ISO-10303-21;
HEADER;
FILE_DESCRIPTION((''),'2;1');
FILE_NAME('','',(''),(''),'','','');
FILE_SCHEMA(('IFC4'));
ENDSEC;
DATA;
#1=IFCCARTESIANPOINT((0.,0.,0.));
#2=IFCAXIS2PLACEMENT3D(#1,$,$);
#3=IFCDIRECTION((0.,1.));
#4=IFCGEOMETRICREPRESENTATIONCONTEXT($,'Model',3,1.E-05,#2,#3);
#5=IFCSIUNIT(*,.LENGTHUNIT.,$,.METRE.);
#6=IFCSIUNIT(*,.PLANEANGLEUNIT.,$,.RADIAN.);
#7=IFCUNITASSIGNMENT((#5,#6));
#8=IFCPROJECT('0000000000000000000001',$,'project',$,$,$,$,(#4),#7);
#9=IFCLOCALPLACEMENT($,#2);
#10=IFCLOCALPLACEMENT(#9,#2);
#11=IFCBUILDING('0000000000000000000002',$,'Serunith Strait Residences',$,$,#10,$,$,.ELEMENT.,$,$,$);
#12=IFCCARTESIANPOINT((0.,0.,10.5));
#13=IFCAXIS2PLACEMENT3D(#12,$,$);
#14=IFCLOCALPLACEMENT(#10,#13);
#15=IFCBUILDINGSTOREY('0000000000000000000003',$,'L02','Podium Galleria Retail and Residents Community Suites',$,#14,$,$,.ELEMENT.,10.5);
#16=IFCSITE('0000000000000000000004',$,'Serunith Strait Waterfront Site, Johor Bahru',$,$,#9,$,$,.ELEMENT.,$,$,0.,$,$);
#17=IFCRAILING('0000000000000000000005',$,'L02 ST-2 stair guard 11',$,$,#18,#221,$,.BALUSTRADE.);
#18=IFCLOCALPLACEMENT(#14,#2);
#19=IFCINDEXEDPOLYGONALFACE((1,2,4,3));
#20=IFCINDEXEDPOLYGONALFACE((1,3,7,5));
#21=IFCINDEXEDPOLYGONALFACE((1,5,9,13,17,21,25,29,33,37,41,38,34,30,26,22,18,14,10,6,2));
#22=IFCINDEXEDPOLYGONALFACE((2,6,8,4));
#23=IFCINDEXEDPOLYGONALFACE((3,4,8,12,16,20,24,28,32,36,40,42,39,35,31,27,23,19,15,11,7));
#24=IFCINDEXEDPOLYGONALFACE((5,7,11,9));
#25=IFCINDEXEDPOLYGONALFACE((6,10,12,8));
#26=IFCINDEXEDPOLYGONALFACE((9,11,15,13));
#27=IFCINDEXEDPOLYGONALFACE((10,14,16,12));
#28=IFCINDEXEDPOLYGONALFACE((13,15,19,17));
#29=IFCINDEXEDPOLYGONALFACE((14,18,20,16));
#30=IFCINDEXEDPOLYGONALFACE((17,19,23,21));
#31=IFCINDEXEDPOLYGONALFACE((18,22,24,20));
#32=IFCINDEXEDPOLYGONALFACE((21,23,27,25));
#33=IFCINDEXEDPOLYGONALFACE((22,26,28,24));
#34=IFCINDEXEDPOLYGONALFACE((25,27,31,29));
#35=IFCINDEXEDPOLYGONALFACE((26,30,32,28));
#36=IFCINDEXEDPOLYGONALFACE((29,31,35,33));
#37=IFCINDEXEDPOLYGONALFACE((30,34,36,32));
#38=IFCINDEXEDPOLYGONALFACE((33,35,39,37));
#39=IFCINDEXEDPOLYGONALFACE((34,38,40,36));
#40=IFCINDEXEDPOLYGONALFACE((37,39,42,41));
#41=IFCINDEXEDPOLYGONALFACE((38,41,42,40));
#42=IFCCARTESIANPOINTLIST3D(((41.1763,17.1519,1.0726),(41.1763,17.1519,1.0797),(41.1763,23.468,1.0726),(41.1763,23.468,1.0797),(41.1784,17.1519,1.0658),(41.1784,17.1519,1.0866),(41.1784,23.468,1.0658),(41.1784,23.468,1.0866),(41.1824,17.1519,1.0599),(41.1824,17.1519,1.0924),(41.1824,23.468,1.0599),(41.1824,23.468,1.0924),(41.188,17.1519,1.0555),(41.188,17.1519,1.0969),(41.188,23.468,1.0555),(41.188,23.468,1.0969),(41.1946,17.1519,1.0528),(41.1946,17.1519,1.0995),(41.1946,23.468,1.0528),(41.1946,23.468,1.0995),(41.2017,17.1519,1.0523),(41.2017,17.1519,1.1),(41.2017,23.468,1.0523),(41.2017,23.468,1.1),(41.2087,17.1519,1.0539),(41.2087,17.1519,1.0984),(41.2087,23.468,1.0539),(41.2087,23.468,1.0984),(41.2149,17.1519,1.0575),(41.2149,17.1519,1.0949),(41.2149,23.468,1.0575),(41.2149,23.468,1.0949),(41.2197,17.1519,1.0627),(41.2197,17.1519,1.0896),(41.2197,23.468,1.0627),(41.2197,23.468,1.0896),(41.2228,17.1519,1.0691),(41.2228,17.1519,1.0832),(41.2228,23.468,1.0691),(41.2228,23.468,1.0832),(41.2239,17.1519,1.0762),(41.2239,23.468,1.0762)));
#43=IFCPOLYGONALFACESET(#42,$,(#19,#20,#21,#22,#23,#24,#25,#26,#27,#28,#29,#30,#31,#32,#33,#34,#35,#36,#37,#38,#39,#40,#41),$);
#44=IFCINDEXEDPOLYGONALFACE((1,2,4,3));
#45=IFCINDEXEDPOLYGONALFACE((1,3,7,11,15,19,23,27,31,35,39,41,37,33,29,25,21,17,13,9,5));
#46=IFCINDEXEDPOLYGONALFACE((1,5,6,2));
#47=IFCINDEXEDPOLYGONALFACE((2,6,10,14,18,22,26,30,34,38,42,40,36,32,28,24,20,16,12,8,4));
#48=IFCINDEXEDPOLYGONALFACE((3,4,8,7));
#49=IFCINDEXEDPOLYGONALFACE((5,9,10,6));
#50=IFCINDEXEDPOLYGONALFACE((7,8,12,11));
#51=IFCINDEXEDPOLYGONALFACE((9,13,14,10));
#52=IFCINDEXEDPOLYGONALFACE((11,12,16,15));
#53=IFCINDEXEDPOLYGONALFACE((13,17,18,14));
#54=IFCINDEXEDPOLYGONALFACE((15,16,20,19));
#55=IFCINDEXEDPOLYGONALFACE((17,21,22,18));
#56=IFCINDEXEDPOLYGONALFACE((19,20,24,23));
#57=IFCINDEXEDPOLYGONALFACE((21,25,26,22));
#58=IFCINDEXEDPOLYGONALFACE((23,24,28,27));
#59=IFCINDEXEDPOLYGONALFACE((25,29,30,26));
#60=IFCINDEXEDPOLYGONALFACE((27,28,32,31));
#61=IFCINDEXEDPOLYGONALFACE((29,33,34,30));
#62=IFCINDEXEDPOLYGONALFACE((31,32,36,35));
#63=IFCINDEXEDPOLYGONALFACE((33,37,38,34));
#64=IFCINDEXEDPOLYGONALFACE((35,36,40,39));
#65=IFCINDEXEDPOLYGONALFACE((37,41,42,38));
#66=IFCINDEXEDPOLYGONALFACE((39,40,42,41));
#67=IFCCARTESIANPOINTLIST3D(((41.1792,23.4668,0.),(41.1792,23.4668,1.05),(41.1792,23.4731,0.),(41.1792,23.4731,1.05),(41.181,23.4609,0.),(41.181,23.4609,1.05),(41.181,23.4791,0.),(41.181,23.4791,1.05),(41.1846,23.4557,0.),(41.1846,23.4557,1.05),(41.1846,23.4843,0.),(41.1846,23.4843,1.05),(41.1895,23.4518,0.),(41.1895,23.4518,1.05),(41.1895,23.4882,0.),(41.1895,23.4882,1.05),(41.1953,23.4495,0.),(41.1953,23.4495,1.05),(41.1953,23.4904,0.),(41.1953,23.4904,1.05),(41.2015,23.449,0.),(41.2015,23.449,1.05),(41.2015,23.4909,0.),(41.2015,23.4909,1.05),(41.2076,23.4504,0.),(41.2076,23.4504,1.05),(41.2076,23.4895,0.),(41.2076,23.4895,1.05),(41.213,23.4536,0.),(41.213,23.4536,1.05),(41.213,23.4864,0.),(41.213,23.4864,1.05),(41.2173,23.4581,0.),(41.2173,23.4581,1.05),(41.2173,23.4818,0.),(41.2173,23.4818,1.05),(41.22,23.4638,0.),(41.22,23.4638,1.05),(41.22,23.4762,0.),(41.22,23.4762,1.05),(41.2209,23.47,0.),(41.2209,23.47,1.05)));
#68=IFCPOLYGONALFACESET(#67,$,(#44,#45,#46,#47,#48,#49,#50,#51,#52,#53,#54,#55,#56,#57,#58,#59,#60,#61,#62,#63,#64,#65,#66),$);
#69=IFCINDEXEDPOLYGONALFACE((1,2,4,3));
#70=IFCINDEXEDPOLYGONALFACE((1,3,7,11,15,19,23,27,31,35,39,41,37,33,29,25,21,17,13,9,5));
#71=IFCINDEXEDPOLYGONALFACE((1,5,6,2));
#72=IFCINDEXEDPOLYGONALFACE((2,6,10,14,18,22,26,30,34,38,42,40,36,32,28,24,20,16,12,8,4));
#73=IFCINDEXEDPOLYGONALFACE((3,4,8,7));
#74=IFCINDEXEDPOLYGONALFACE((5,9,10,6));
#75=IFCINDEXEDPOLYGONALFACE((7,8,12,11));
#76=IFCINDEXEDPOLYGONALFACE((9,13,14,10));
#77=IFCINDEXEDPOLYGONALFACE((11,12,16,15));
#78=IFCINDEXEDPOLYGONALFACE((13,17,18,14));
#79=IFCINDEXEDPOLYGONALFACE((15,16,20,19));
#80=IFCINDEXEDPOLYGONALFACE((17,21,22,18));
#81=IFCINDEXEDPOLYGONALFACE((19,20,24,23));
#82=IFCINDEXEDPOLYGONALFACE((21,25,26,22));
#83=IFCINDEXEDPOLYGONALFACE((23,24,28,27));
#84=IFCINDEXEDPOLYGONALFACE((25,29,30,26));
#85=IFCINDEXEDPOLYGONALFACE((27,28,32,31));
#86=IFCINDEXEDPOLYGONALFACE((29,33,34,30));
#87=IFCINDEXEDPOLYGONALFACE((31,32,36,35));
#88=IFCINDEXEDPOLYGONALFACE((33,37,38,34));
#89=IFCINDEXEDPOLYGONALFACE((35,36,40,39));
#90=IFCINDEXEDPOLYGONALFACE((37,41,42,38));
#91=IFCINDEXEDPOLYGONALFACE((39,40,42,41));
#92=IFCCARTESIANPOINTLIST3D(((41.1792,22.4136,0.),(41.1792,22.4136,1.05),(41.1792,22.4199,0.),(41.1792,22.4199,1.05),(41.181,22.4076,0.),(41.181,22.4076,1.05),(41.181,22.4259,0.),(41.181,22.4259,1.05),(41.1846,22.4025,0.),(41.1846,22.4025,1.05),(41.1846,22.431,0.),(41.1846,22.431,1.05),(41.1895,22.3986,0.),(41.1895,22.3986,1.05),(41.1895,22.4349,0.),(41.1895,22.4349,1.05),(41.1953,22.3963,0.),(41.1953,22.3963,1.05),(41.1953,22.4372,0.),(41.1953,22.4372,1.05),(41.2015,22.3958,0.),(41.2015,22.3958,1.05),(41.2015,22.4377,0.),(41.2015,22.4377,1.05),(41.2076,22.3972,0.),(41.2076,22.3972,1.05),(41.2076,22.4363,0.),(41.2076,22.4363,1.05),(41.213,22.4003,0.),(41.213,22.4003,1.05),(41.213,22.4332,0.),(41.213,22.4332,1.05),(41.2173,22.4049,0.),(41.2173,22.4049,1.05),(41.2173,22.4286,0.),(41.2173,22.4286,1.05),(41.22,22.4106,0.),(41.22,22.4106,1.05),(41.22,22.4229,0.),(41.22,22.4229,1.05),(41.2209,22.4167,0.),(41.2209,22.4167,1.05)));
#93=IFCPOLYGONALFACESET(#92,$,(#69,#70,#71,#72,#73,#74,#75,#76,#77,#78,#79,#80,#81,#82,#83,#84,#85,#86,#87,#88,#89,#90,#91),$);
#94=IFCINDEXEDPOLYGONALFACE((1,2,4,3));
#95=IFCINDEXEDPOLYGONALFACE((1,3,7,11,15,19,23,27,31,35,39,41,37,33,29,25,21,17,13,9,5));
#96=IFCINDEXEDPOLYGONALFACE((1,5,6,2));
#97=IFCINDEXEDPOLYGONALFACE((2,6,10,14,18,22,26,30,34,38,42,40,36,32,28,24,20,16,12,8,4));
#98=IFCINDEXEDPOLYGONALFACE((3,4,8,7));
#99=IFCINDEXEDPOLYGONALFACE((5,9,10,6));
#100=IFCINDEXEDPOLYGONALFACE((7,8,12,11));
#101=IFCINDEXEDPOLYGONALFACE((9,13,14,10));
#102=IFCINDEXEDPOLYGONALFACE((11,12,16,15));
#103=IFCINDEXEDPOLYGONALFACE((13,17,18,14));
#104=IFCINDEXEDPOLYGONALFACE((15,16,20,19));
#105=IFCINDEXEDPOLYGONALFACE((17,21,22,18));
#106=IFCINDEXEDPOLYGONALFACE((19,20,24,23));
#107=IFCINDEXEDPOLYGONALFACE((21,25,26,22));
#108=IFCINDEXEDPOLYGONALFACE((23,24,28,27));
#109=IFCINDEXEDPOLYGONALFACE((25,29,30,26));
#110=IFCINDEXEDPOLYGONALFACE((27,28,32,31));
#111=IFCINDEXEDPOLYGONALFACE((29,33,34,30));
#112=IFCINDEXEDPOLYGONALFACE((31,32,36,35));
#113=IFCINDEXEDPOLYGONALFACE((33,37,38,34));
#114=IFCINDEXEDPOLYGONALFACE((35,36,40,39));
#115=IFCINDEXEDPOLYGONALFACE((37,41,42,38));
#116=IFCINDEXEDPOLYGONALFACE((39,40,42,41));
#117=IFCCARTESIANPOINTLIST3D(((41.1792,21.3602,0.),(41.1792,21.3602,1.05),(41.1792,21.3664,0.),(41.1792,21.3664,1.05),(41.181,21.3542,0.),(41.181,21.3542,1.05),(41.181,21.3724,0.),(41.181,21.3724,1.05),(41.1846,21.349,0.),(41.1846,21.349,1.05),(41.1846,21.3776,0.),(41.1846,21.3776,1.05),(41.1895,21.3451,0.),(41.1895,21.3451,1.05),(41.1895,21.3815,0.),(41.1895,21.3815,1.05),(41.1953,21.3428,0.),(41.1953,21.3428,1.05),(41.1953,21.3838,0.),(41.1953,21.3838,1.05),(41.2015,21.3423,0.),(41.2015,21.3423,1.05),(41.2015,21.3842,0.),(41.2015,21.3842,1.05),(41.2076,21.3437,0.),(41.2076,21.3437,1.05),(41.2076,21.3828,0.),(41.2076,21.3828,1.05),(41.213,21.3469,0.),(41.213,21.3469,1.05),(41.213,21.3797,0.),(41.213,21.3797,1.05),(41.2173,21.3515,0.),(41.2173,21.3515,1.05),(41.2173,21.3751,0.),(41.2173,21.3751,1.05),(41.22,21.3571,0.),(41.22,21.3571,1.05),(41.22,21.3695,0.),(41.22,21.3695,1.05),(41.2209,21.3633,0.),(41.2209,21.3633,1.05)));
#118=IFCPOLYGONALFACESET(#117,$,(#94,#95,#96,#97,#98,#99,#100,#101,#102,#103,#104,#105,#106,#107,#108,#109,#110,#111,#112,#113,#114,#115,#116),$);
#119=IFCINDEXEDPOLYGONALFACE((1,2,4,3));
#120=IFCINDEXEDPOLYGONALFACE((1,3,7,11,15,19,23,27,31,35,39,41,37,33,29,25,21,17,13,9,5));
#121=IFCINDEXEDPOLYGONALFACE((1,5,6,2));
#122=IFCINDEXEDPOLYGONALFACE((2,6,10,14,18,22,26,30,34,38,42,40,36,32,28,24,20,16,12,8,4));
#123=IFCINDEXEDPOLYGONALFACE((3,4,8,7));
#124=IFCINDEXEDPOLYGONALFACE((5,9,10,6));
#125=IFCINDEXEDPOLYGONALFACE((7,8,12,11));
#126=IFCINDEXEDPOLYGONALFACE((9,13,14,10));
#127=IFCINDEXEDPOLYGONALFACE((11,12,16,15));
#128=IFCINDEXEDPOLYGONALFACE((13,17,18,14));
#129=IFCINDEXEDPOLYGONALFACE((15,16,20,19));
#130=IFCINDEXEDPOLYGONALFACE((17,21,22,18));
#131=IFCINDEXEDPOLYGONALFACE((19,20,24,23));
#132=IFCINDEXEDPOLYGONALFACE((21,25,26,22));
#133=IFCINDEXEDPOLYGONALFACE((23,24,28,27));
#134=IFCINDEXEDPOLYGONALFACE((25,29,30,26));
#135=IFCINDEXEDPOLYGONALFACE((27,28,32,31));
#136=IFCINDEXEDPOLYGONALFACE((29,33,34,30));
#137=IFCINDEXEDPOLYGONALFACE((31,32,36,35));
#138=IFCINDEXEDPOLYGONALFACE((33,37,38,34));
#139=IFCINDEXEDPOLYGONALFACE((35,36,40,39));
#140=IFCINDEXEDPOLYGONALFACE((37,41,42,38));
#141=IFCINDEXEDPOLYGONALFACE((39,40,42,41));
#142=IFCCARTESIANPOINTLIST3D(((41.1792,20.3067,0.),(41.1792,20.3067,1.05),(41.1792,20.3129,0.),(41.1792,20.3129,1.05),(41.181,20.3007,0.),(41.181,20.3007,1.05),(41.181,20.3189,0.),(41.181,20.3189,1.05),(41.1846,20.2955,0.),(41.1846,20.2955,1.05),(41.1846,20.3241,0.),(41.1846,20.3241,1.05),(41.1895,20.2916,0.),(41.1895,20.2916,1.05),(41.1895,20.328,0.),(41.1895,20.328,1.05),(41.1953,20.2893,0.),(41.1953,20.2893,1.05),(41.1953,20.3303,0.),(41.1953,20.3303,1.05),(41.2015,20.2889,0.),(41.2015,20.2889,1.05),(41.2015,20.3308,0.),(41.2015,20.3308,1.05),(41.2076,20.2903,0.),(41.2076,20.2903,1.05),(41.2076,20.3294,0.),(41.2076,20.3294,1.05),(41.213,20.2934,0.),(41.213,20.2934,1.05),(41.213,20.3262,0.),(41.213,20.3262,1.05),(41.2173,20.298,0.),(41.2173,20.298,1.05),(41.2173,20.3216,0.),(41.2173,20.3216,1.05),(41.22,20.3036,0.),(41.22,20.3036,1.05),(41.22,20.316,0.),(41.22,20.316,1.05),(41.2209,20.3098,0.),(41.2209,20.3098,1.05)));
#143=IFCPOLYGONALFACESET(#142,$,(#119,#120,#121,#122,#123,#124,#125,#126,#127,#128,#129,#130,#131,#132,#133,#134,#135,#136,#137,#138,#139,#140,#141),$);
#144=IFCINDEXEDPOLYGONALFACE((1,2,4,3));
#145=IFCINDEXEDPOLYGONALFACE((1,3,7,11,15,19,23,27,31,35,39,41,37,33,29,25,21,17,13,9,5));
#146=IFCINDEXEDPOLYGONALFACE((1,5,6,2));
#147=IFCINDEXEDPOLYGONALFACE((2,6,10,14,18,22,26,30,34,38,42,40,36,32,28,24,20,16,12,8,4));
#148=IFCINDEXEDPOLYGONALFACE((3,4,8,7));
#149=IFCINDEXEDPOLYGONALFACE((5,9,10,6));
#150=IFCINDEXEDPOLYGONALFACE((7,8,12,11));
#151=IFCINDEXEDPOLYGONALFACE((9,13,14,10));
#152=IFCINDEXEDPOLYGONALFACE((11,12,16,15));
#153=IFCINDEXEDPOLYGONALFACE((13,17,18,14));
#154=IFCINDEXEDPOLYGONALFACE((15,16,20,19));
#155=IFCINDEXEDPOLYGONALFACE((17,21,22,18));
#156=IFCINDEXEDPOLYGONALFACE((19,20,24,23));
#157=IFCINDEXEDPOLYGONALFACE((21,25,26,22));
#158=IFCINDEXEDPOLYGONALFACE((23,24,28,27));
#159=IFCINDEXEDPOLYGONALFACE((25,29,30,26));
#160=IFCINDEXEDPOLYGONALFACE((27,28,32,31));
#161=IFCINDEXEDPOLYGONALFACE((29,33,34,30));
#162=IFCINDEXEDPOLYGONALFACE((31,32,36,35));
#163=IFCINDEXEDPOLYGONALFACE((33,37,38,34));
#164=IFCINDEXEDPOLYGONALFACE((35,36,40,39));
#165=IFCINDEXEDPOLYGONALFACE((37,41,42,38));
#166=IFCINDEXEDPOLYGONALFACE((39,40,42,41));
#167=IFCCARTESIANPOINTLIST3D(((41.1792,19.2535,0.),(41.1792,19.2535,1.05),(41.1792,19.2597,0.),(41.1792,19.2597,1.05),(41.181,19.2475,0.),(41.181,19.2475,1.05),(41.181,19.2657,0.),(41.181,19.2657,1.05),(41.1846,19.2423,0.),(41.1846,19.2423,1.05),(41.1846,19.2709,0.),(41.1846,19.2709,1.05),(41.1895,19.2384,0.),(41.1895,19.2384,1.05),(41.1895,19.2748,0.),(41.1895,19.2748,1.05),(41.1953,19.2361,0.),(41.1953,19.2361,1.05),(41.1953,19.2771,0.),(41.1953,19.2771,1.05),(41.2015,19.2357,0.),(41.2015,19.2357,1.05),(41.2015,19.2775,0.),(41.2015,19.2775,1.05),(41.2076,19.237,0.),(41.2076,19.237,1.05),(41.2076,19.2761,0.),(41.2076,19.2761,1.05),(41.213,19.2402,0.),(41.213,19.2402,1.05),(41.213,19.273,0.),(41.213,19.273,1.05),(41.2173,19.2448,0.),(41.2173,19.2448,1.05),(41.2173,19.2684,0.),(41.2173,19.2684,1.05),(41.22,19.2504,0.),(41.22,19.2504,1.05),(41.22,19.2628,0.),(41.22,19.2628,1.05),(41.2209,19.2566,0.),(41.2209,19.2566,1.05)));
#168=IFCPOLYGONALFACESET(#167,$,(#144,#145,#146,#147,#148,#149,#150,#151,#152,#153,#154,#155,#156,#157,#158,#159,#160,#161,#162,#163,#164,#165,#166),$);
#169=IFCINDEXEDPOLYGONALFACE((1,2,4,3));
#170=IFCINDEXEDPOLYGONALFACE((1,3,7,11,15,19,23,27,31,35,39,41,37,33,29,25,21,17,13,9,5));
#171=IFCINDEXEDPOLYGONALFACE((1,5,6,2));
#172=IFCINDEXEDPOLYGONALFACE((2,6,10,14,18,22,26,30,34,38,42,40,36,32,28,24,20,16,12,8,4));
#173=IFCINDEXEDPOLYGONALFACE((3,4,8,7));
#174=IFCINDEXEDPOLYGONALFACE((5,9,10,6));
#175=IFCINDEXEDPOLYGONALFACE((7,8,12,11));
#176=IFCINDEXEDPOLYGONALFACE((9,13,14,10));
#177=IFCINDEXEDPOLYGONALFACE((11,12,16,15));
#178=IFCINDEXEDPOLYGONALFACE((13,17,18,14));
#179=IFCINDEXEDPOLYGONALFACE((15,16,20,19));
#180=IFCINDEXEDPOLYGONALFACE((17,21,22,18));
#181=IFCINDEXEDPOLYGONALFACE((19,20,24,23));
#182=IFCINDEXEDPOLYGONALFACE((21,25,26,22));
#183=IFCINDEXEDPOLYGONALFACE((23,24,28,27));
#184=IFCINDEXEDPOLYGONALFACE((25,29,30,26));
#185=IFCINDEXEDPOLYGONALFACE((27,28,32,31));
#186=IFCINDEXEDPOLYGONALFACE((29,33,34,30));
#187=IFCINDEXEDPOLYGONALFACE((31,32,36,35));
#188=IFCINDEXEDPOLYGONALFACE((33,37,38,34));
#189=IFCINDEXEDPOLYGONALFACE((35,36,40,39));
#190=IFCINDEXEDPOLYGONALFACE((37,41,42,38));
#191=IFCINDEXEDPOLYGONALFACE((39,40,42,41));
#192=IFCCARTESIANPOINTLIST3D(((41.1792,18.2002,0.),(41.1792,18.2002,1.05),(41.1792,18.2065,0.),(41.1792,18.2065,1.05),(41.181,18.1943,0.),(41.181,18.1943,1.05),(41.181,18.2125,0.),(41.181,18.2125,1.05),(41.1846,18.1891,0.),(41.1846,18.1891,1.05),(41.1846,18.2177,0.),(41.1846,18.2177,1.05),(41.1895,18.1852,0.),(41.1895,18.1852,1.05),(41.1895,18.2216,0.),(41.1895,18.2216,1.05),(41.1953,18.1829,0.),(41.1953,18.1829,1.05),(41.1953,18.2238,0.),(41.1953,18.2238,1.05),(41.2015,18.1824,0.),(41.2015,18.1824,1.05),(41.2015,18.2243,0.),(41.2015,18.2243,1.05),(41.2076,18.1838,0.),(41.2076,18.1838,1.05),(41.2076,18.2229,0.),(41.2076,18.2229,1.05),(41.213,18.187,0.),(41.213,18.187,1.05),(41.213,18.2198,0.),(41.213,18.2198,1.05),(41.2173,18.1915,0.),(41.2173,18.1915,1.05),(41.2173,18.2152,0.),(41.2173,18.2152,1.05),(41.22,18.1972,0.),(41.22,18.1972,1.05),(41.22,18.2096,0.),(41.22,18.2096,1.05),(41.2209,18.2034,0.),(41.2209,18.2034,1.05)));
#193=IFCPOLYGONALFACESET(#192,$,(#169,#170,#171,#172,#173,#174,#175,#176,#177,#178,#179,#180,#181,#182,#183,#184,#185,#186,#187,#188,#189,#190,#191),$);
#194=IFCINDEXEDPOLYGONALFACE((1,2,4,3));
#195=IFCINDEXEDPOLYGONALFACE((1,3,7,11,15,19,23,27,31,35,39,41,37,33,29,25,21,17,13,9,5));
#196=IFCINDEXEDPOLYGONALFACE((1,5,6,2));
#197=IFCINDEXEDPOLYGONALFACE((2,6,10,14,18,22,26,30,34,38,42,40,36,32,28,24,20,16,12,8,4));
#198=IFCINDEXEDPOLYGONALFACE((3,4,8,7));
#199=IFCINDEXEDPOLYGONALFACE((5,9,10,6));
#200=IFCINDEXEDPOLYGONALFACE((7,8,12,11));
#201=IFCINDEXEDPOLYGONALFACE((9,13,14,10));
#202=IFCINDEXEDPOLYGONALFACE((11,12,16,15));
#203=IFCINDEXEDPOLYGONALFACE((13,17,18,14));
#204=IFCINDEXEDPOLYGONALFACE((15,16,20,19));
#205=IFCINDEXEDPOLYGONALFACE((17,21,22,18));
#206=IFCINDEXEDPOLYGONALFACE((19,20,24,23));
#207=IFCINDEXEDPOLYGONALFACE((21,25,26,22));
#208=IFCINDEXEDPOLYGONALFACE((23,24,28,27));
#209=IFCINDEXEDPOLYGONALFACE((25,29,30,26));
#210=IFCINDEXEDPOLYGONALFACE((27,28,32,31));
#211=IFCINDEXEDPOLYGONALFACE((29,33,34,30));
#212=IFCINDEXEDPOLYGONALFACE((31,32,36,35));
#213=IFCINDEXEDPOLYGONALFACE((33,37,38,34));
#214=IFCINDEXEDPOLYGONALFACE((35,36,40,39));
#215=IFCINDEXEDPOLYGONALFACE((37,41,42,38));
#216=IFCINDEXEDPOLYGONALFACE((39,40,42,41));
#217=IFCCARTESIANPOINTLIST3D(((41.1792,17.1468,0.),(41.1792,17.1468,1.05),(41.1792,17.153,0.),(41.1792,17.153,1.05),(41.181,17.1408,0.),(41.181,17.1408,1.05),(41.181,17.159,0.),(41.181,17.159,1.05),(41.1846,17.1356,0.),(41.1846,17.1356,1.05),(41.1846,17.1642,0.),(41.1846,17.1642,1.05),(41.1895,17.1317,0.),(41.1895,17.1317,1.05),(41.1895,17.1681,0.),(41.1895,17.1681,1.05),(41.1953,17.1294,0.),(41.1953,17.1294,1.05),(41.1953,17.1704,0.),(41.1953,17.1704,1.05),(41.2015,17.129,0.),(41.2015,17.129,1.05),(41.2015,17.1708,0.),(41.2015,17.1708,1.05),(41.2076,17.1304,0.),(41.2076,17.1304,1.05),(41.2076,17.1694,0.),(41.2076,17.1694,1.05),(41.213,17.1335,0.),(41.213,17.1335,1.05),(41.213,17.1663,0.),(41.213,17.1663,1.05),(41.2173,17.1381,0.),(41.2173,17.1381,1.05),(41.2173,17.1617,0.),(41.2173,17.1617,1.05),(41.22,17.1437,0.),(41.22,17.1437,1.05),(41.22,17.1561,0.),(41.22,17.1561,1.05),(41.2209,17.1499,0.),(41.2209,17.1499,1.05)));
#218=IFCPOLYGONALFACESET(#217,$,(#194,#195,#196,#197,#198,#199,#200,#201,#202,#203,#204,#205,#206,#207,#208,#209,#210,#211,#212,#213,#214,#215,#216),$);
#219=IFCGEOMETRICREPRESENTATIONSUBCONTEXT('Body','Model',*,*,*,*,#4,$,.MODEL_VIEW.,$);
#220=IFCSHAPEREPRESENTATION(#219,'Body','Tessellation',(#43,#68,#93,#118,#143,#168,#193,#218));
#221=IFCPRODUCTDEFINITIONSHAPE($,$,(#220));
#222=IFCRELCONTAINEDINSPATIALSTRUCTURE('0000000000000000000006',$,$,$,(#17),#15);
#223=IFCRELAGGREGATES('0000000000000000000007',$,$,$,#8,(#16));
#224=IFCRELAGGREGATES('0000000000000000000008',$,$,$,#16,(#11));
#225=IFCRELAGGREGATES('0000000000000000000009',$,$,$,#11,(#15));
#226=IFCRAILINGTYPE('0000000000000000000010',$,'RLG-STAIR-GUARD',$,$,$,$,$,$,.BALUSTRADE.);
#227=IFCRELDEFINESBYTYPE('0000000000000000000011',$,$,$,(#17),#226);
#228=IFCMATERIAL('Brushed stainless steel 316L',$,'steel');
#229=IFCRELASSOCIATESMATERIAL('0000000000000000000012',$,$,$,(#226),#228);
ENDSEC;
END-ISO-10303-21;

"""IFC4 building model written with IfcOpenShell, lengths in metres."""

from ifc_helpers import new_model, si_unit, direction, frame, origin, origin_2d, place, context, subcontext, project, spatial, circle, extrude, material, type_object, element, save


model = new_model("IFC4")

# Units and contexts
model_context = context("Model", 3, precision=1e-05, world=origin(), true_north=direction((0.0, 1.0)))
body_context = subcontext(model_context, "Body", "Model", "MODEL_VIEW")
ifc_project = project(units=[si_unit("LENGTHUNIT", "METRE"), si_unit("PLANEANGLEUNIT", "RADIAN")], contexts=[model_context])

# Site, building, storey
site_placement = place(None, origin())
site = spatial("IfcSite", under=ifc_project, at=site_placement, Name="Serunith Strait Waterfront Site, Johor Bahru", CompositionType="ELEMENT", RefElevation=0.0)
building_placement = place(site_placement, origin())
building = spatial("IfcBuilding", under=site, at=building_placement, Name="Serunith Strait Residences", CompositionType="ELEMENT")
storey_placement = place(building_placement, frame((0.0, 0.0, 10.5)))
storey = spatial("IfcBuildingStorey", under=building, at=storey_placement, Name="L02", Description="Podium Galleria Retail and Residents Community Suites", CompositionType="ELEMENT", Elevation=10.5)

# Railing
ifc_material_1 = material(Name="Brushed stainless steel 316L", Category="steel")
railing_type_1 = type_object("IfcRailingType", Name="RLG-STAIR-GUARD", PredefinedType="BALUSTRADE", material=ifc_material_1)
railing_1_placement = place(storey_placement, frame((41.2, 23.47, 0.0)))
element("IfcRailing", 1, at=railing_1_placement, inside=storey, type_object=railing_type_1, Name="L02 ST-2 stair guard 11", PredefinedType="BALUSTRADE", context=body_context, shape_type="SweptSolid", body=[
    extrude(circle(Radius=0.0239, at=origin_2d()), frame((0.0, -0.002, 1.0762), z_axis=(0.0, -1.0, 0.0), x_axis=(1.0, 0.0, 0.0)), (0.0, 0.0, 1.0), 6.3162),
    extrude(circle(Radius=0.021, at=origin_2d()), origin(), (0.0, 0.0, 1.0), 1.05),
    extrude(circle(Radius=0.021, at=origin_2d()), frame((0.0, -1.0532, 0.0)), (0.0, 0.0, 1.0), 1.05),
    extrude(circle(Radius=0.021, at=origin_2d()), frame((0.0, -2.1067, 0.0)), (0.0, 0.0, 1.0), 1.05),
    extrude(circle(Radius=0.021, at=origin_2d()), frame((0.0, -3.1602, 0.0)), (0.0, 0.0, 1.0), 1.05),
    extrude(circle(Radius=0.021, at=origin_2d()), frame((0.0, -4.2134, 0.0)), (0.0, 0.0, 1.0), 1.05),
    extrude(circle(Radius=0.021, at=origin_2d()), frame((0.0, -5.2666, 0.0)), (0.0, 0.0, 1.0), 1.05),
    extrude(circle(Radius=0.021, at=origin_2d()), frame((0.0, -6.3201, 0.0)), (0.0, 0.0, 1.0), 1.05),
])

save(model, "model.ifc")
